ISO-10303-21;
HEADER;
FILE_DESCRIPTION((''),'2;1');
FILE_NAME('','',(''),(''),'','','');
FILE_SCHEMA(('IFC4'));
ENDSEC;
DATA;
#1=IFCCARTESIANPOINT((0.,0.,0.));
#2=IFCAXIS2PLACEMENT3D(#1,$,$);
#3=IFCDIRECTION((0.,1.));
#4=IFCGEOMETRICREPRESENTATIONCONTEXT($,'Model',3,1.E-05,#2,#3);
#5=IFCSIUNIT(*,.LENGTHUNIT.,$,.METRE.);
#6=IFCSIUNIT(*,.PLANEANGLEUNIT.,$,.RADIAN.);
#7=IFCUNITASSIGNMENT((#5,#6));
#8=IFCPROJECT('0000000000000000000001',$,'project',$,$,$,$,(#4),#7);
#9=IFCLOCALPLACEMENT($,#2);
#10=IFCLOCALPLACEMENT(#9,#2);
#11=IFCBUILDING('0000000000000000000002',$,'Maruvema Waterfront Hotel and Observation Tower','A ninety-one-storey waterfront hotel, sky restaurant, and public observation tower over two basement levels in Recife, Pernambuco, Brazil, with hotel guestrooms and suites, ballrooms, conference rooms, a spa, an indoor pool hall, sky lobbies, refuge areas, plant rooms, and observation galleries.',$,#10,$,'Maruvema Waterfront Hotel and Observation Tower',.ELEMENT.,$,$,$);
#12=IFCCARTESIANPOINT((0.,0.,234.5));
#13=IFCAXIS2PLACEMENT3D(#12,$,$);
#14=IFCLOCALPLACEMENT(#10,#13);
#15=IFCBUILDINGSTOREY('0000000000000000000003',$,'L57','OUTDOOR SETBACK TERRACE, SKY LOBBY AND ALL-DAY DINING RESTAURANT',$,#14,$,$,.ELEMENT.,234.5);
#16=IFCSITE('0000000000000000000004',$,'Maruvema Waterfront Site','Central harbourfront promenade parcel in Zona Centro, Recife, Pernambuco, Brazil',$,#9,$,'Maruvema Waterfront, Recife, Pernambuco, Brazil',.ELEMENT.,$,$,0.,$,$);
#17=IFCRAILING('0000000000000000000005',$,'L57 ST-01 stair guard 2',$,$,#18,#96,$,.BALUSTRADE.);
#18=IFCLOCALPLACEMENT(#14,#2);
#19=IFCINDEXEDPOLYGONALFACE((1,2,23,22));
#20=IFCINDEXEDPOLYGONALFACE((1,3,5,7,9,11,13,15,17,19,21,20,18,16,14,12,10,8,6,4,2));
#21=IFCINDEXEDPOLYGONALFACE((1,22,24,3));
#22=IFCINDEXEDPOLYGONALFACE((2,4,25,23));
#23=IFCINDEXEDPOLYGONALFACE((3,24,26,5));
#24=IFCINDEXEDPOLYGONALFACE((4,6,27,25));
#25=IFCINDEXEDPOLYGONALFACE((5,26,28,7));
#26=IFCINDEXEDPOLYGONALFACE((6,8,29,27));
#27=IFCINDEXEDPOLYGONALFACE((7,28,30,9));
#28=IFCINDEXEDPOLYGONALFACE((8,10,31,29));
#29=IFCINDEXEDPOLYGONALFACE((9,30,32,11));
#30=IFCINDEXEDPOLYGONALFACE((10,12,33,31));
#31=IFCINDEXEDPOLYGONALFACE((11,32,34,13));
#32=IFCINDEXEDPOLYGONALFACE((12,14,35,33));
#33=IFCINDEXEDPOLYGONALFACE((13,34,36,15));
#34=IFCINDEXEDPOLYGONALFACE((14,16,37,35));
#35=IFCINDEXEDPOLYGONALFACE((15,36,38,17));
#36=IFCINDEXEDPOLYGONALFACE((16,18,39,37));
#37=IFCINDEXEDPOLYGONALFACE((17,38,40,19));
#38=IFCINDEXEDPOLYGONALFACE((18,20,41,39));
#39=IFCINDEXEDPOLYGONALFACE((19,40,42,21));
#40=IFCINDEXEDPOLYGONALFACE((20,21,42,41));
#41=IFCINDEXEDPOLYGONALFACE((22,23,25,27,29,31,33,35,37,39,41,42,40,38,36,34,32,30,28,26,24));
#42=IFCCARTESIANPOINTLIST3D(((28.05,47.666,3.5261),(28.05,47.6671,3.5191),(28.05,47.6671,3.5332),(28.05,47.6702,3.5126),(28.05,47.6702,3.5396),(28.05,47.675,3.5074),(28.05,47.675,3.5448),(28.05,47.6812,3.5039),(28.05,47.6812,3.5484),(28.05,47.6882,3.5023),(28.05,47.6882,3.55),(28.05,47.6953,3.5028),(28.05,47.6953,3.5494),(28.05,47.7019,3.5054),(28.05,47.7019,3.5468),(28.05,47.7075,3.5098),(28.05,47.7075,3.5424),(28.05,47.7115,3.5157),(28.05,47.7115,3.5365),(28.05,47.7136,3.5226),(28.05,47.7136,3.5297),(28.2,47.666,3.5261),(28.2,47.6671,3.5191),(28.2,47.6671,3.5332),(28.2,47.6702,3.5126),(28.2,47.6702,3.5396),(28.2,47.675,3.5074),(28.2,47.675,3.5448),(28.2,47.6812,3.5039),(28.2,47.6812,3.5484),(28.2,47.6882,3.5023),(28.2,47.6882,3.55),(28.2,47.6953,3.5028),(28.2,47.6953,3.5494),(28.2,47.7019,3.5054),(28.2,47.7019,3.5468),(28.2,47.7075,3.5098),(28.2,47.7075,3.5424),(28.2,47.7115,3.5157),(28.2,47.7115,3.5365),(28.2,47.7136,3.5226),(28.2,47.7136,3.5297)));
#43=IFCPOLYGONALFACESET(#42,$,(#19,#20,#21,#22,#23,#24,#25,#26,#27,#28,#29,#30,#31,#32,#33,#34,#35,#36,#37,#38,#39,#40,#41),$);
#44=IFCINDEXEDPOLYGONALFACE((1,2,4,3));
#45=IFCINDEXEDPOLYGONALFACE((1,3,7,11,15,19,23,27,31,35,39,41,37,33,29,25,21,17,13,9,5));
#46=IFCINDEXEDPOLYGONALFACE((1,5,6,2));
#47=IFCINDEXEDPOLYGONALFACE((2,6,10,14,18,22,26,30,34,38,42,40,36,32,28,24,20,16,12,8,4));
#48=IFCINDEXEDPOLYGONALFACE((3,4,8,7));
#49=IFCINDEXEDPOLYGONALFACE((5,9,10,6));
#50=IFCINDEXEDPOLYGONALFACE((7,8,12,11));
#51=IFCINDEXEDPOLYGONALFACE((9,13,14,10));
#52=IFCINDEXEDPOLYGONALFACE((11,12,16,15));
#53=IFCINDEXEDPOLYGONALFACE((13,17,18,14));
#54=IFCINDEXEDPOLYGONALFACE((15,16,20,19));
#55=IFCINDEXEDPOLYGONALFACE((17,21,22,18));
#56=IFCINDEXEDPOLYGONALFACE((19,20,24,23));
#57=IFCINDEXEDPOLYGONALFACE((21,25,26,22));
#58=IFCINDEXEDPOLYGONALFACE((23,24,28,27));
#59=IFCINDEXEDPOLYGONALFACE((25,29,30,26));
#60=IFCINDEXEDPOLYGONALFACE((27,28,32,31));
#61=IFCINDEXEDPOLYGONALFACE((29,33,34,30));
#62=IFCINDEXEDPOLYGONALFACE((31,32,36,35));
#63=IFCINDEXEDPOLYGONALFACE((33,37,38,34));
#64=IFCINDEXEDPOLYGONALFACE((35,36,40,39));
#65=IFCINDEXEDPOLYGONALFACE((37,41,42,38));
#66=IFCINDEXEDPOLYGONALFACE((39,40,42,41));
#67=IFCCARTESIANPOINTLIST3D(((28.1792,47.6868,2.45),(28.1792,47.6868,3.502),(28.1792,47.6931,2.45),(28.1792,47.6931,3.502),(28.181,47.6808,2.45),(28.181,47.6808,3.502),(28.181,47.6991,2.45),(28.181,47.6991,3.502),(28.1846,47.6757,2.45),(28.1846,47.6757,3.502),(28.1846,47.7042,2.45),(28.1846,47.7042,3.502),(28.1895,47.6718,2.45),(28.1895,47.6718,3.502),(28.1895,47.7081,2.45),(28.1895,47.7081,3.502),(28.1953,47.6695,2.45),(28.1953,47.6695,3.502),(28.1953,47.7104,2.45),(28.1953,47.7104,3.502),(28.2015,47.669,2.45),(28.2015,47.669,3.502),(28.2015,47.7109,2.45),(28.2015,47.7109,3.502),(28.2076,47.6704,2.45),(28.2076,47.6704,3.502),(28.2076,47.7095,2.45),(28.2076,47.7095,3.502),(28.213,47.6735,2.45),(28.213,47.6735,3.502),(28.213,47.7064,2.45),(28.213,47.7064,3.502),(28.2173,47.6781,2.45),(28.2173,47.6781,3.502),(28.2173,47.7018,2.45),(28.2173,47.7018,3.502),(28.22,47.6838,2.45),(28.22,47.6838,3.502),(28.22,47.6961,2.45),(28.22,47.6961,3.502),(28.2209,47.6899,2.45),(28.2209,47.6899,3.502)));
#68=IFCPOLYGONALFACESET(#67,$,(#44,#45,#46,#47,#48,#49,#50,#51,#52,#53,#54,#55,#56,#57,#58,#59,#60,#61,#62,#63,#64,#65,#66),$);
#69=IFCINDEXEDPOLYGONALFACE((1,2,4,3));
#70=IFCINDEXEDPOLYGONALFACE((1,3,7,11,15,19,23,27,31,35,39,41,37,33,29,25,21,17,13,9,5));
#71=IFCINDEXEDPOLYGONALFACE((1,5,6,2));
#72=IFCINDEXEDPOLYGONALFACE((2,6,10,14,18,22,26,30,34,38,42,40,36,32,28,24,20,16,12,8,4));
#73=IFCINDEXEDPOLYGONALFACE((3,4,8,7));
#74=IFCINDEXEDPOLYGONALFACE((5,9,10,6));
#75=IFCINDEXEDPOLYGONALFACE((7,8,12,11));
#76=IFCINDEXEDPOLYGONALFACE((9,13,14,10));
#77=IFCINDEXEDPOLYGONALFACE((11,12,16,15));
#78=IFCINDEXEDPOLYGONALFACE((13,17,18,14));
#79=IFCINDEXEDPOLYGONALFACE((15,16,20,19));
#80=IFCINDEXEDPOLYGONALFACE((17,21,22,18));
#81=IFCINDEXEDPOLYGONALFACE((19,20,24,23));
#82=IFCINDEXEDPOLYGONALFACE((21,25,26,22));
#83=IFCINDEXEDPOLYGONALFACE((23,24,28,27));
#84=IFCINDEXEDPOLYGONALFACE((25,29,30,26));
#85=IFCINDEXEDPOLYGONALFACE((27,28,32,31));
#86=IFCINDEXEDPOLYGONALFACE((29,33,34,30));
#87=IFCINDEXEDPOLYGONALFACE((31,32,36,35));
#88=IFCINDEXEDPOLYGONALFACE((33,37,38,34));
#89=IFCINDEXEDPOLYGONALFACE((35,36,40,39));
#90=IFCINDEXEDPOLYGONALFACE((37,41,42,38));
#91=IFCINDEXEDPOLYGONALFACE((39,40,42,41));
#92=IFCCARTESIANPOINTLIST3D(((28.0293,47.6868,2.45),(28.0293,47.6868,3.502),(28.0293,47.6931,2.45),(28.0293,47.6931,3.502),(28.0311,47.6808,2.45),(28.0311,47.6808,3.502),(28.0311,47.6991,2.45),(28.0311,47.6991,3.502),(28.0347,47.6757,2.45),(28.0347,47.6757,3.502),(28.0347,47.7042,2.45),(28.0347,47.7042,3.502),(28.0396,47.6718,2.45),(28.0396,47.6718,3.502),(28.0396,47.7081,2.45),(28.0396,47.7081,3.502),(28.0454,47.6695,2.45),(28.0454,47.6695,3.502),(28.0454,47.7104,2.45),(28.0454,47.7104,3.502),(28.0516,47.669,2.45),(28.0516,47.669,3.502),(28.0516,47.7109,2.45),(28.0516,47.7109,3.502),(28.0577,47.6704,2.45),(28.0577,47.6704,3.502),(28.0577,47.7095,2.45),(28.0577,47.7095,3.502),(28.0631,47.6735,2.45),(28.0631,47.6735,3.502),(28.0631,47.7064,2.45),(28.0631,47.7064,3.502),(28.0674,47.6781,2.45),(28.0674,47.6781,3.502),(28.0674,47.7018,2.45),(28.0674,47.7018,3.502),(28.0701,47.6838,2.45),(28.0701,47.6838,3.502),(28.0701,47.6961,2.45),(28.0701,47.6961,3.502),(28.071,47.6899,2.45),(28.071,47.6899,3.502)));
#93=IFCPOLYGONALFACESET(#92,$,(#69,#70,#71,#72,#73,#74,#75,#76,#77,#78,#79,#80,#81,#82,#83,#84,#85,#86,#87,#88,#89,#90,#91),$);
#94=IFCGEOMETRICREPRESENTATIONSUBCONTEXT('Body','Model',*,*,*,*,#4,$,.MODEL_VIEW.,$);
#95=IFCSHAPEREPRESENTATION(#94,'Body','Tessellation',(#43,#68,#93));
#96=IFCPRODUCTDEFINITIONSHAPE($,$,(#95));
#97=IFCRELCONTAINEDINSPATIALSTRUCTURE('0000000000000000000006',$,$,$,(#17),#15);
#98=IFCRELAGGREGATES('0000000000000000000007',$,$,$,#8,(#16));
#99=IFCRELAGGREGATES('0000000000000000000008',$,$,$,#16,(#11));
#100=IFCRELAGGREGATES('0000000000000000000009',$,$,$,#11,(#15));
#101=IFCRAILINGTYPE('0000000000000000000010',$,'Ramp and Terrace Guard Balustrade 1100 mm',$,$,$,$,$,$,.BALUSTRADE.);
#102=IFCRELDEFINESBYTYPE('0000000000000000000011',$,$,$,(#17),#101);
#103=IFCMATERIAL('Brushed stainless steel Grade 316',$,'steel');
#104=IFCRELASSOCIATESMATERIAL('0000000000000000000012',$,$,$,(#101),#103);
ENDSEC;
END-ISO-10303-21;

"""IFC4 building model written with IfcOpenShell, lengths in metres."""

from ifc_helpers import new_model, si_unit, direction, frame, origin, origin_2d, place, context, subcontext, project, spatial, circle, extrude, material, type_object, element, save


model = new_model("IFC4")

# Units and contexts
model_context = context("Model", 3, precision=1e-05, world=origin(), true_north=direction((0.0, 1.0)))
body_context = subcontext(model_context, "Body", "Model", "MODEL_VIEW")
ifc_project = project(units=[si_unit("LENGTHUNIT", "METRE"), si_unit("PLANEANGLEUNIT", "RADIAN")], contexts=[model_context])

# Site, building, storey
site_placement = place(None, origin())
site = spatial("IfcSite", under=ifc_project, at=site_placement, Name="Maruvema Waterfront Site", Description="Central harbourfront promenade parcel in Zona Centro, Recife, Pernambuco, Brazil", LongName="Maruvema Waterfront, Recife, Pernambuco, Brazil", CompositionType="ELEMENT", RefElevation=0.0)
building_placement = place(site_placement, origin())
building = spatial("IfcBuilding", under=site, at=building_placement, Name="Maruvema Waterfront Hotel and Observation Tower", Description="A ninety-one-storey waterfront hotel, sky restaurant, and public observation tower over two basement levels in Recife, Pernambuco, Brazil, with hotel guestrooms and suites, ballrooms, conference rooms, a spa, an indoor pool hall, sky lobbies, refuge areas, plant rooms, and observation galleries.", LongName="Maruvema Waterfront Hotel and Observation Tower", CompositionType="ELEMENT")
storey_placement = place(building_placement, frame((0.0, 0.0, 234.5)))
storey = spatial("IfcBuildingStorey", under=building, at=storey_placement, Name="L57", Description="OUTDOOR SETBACK TERRACE, SKY LOBBY AND ALL-DAY DINING RESTAURANT", CompositionType="ELEMENT", Elevation=234.5)

# Railing
ifc_material_1 = material(Name="Brushed stainless steel Grade 316", Category="steel")
railing_type_1 = type_object("IfcRailingType", Name="Ramp and Terrace Guard Balustrade 1100 mm", PredefinedType="BALUSTRADE", material=ifc_material_1)
railing_1_placement = place(storey_placement, frame((28.2, 47.6899, 2.45)))
element("IfcRailing", 1, at=railing_1_placement, inside=storey, type_object=railing_type_1, Name="L57 ST-01 stair guard 2", PredefinedType="BALUSTRADE", context=body_context, shape_type="SweptSolid", body=[
    extrude(circle(Radius=0.0239, at=origin_2d()), frame((0.0, 0.0, 1.0762), z_axis=(-1.0, 0.0, 0.0), x_axis=(0.0, -1.0, 0.0)), (0.0, 0.0, 1.0), 0.1499),
    extrude(circle(Radius=0.021, at=origin_2d()), origin(), (0.0, 0.0, 1.0), 1.052),
    extrude(circle(Radius=0.021, at=origin_2d()), frame((-0.1499, 0.0, 0.0)), (0.0, 0.0, 1.0), 1.052),
])

save(model, "model.ifc")
